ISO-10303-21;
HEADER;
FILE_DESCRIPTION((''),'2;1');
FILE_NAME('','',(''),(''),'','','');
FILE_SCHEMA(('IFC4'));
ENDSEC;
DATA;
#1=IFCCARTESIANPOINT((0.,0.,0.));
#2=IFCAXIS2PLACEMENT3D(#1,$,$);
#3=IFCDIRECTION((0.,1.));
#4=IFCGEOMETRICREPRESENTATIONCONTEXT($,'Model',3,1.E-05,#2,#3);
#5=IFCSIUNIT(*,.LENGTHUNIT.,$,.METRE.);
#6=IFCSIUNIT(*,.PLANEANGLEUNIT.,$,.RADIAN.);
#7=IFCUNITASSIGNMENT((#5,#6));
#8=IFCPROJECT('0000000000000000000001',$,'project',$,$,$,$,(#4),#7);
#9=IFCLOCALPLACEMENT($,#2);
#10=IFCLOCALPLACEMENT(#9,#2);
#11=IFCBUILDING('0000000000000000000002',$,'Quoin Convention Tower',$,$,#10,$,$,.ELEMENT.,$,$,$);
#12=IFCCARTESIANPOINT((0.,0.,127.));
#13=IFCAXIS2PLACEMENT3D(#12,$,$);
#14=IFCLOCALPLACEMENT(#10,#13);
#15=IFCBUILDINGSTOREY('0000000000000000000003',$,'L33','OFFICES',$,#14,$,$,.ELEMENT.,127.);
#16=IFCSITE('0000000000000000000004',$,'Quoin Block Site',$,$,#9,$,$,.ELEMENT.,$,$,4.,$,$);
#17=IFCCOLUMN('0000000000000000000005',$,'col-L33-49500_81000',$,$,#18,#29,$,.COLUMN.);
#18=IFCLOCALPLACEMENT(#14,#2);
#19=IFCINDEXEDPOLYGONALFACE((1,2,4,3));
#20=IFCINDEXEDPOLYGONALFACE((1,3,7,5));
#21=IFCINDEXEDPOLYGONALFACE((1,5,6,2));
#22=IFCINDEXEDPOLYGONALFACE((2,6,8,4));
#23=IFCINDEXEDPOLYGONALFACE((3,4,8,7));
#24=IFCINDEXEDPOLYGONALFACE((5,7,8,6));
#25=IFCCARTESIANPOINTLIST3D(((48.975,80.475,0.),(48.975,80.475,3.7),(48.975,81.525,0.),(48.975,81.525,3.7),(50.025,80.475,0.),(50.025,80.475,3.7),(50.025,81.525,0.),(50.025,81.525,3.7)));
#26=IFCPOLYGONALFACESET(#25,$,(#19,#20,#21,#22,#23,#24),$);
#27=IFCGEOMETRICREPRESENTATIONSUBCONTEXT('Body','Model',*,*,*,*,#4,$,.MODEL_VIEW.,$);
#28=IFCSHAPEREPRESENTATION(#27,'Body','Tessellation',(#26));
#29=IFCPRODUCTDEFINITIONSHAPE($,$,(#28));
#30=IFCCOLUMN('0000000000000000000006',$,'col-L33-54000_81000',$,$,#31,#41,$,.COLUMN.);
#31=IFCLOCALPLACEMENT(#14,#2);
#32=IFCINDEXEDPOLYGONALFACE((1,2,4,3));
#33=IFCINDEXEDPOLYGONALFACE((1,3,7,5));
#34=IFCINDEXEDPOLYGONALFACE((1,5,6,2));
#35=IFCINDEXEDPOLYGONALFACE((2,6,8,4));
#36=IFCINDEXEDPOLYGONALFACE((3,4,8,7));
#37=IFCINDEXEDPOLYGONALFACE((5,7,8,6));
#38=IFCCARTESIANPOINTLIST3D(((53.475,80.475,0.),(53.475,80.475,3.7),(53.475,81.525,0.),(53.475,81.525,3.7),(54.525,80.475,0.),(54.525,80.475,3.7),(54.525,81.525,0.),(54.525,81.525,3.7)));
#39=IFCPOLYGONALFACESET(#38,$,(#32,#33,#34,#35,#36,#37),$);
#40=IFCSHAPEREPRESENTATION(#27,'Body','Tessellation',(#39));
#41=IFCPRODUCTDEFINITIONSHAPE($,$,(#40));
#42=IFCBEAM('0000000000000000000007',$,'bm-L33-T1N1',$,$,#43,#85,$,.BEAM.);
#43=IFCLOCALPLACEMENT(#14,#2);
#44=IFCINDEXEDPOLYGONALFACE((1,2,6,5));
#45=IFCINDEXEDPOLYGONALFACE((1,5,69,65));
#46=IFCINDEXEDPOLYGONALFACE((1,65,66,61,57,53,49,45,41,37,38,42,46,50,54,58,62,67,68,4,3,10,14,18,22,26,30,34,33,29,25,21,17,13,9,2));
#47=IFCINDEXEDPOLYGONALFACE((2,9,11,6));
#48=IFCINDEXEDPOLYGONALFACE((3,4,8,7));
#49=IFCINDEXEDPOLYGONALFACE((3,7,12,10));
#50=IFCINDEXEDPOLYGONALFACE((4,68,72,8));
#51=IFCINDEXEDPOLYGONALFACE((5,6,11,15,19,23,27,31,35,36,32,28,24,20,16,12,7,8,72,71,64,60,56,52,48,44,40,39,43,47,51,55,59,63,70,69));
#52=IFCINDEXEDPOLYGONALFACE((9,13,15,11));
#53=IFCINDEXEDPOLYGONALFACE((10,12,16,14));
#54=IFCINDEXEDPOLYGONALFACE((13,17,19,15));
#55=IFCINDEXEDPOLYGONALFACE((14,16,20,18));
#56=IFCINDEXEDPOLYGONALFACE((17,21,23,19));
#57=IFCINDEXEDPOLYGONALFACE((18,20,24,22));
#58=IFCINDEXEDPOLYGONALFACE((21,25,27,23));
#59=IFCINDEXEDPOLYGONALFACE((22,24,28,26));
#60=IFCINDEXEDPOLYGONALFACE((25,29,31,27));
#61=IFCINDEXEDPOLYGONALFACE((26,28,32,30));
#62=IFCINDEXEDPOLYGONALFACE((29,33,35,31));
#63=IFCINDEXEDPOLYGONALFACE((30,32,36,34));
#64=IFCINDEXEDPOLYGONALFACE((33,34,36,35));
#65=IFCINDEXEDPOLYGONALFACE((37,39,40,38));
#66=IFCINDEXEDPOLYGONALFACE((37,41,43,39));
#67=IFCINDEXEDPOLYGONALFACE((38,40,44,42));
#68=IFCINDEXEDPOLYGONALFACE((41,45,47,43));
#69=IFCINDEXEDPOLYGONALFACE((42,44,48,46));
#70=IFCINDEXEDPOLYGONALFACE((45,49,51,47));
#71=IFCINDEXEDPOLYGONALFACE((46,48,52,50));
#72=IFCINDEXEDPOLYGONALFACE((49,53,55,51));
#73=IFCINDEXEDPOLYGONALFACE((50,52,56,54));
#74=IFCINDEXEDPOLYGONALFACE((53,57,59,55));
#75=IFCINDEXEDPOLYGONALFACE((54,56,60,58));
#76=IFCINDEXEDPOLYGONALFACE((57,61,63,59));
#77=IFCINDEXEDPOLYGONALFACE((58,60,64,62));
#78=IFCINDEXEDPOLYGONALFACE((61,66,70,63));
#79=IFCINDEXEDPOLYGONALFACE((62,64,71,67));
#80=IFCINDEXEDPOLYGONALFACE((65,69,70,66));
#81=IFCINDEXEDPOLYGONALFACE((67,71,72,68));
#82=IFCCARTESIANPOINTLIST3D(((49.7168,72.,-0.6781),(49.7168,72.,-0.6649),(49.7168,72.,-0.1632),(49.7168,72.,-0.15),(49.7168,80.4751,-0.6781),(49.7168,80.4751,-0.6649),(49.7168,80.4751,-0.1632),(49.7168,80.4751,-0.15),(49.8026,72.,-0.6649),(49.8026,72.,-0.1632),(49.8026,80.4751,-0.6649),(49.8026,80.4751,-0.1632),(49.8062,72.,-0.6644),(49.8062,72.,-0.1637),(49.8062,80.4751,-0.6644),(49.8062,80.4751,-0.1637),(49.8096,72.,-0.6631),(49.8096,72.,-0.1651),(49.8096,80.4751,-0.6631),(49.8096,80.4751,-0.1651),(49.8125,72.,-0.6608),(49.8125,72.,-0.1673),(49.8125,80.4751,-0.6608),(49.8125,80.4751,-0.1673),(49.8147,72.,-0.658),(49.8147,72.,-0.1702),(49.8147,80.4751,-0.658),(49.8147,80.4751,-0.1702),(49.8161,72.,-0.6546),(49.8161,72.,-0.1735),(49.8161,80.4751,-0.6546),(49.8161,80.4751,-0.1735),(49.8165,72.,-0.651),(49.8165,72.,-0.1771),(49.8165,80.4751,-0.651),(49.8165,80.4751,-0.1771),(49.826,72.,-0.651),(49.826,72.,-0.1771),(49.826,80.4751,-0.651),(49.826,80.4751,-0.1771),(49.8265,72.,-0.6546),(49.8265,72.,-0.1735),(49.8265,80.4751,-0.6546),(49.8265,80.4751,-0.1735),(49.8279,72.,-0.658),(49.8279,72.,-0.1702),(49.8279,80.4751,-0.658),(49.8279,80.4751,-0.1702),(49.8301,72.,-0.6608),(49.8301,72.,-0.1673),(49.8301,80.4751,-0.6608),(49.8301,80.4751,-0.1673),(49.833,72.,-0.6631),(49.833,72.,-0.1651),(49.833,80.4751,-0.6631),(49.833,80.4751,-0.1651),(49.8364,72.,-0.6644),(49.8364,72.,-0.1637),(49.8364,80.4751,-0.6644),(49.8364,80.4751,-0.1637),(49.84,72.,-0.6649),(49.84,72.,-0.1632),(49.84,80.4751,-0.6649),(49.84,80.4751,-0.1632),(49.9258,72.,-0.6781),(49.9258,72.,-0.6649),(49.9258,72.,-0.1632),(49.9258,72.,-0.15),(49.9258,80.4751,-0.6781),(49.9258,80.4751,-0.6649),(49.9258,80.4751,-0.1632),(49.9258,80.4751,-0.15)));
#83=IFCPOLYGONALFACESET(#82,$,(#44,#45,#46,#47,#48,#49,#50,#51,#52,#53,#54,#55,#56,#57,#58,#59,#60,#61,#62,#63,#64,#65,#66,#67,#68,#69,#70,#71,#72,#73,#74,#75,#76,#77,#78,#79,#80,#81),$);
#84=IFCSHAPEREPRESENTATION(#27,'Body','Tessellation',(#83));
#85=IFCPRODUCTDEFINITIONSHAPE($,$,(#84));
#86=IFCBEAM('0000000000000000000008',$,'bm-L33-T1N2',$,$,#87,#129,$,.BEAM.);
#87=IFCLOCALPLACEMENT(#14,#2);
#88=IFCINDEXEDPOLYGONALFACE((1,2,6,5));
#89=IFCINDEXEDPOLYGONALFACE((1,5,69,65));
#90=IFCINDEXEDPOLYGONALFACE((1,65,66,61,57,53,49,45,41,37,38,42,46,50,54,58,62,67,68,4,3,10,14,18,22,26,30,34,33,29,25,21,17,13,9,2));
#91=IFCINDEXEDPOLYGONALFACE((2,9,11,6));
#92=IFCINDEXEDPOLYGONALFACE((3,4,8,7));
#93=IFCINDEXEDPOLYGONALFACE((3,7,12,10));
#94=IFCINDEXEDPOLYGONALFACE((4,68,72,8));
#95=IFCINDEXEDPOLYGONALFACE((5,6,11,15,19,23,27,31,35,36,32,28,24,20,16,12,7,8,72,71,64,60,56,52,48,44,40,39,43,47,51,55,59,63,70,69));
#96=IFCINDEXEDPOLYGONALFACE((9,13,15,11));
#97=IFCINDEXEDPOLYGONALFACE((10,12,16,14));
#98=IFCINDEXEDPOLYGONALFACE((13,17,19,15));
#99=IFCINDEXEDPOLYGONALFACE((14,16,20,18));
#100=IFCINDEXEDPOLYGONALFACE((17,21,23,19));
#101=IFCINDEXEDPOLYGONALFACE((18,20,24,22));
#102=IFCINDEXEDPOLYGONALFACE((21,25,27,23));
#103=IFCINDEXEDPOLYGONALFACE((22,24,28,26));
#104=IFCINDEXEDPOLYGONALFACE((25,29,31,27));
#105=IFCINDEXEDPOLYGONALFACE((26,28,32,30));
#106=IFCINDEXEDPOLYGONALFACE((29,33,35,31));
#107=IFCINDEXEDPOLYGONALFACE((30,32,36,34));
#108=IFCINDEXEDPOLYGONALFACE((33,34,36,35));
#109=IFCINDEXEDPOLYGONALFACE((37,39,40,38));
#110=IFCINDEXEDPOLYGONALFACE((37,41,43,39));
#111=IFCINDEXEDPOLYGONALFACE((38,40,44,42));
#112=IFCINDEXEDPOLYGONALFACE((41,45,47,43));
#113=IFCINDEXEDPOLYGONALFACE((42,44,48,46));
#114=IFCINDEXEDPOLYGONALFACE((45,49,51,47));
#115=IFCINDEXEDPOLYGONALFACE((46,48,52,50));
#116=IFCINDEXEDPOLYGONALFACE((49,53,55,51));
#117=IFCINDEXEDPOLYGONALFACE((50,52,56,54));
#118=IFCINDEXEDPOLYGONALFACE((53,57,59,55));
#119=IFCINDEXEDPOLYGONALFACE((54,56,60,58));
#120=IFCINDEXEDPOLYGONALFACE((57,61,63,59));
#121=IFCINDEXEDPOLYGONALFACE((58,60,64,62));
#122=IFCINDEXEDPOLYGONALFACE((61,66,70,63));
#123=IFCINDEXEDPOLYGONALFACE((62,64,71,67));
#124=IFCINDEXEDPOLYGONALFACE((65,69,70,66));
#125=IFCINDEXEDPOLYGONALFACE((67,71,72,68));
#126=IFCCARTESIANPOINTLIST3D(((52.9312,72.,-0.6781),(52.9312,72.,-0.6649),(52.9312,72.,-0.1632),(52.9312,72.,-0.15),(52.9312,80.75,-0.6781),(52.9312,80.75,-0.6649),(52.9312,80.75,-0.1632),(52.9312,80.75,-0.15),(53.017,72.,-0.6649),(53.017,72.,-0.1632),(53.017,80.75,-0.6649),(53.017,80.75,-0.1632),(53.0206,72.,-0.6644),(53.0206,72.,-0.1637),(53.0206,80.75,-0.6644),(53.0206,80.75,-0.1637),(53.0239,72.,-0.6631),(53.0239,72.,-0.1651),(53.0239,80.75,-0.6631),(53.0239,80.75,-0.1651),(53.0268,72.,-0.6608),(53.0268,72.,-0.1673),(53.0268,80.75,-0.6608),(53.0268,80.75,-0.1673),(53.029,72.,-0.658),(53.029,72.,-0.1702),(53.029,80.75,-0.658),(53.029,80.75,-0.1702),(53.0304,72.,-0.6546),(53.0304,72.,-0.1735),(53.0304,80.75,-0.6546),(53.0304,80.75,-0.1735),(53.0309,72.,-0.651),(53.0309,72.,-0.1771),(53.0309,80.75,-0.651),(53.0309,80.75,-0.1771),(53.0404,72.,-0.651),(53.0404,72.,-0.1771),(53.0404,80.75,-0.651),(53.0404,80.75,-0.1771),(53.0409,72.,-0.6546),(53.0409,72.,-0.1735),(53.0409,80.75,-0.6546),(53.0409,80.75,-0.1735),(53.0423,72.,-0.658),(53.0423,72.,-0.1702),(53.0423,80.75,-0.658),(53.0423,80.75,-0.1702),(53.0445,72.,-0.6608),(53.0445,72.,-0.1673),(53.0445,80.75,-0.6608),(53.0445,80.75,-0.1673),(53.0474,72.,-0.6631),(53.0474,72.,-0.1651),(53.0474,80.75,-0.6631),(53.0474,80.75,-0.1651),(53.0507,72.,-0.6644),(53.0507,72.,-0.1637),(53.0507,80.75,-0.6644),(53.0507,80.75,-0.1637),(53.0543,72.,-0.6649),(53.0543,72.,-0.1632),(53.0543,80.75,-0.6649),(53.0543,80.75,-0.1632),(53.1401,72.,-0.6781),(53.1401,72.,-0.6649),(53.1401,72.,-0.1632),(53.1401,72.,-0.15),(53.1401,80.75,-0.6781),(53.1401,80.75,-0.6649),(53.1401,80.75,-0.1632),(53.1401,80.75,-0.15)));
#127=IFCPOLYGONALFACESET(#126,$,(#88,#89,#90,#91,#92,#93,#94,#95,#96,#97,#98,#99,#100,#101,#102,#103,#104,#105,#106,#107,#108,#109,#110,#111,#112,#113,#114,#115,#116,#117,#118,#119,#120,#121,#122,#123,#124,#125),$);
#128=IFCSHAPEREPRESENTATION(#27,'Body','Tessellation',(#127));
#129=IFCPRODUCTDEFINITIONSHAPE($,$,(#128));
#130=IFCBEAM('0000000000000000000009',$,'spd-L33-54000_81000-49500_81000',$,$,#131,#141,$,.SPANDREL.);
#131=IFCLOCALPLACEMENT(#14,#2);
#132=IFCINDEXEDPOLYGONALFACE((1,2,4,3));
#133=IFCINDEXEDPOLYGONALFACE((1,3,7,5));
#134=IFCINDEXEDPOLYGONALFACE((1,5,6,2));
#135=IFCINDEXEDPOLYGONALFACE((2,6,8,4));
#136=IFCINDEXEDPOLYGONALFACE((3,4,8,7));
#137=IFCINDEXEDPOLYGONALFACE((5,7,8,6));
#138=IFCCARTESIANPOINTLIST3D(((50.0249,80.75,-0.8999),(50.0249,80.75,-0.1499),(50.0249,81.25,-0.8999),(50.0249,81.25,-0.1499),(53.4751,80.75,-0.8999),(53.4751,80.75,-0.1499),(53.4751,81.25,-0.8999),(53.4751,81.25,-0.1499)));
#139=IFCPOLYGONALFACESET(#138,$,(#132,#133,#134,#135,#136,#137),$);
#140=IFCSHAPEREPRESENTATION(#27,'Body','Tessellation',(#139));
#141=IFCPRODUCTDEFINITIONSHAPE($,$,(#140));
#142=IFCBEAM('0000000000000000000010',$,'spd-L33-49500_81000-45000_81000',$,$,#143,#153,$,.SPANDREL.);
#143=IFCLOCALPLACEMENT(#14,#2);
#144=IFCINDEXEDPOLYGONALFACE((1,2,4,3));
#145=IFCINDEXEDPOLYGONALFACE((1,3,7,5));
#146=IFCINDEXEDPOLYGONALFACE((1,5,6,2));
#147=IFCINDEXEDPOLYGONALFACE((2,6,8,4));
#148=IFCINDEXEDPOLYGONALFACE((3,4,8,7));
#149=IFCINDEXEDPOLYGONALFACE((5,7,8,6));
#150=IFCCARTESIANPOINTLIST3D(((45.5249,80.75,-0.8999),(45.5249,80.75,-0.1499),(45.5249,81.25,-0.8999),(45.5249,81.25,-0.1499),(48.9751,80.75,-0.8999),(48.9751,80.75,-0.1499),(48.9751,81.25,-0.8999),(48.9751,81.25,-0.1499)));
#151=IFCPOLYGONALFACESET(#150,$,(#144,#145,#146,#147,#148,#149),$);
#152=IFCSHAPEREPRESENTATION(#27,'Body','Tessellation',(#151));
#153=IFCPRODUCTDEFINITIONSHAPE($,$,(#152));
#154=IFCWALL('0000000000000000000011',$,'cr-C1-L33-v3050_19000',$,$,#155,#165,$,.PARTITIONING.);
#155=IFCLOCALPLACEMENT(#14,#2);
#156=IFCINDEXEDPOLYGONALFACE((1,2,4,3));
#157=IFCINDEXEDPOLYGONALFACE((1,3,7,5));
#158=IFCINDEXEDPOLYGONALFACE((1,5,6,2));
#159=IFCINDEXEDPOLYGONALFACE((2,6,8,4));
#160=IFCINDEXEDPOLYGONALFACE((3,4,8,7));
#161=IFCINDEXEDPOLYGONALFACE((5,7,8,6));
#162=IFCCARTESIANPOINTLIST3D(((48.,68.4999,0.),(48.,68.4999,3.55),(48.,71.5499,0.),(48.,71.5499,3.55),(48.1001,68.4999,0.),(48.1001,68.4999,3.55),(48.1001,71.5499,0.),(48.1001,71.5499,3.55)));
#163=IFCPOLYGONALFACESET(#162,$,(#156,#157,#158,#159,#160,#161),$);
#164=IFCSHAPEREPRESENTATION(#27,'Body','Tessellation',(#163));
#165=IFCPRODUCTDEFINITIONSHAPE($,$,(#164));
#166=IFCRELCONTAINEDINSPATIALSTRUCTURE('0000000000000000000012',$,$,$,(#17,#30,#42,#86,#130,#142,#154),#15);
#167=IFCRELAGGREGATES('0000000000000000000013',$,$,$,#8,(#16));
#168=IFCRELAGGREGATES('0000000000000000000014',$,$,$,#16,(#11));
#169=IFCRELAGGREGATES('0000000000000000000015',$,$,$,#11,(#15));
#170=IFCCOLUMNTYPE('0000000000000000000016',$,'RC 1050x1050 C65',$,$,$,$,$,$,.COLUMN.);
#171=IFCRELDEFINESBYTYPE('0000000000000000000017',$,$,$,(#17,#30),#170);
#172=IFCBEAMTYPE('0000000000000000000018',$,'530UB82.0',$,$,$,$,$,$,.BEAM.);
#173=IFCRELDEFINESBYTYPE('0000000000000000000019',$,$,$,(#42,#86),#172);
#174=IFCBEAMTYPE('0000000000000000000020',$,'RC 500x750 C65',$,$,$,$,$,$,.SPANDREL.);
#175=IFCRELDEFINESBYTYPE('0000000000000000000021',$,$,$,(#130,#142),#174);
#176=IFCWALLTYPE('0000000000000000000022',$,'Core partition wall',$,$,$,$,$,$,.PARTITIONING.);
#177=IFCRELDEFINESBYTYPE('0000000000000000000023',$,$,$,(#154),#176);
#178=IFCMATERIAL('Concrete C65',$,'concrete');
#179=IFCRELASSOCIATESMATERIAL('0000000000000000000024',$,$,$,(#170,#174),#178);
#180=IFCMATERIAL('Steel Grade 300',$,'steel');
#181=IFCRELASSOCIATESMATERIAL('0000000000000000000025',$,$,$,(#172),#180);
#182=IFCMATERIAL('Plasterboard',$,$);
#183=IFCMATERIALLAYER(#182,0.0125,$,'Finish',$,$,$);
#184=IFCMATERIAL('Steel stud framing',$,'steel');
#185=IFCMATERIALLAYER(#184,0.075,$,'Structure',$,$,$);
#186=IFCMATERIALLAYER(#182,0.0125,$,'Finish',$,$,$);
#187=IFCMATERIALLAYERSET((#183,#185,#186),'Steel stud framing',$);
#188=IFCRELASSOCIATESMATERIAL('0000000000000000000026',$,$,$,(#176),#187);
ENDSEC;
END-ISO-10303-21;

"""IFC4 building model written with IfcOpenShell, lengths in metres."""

from ifc_helpers import new_model, si_unit, direction, frame, frame_2d, origin, origin_2d, place, context, subcontext, project, spatial, rectangle, i_section, extrude, material, layer, layer_set, material_profile, profile_set, type_object, element, save


model = new_model("IFC4")

# Units and contexts
model_context = context("Model", 3, precision=1e-05, world=origin(), true_north=direction((0.0, 1.0)))
body_context = subcontext(model_context, "Body", "Model", "MODEL_VIEW")
ifc_project = project(units=[si_unit("LENGTHUNIT", "METRE"), si_unit("PLANEANGLEUNIT", "RADIAN")], contexts=[model_context])

# Site, building, storey
site_placement = place(None, origin())
site = spatial("IfcSite", under=ifc_project, at=site_placement, Name="Quoin Block Site", CompositionType="ELEMENT", RefElevation=4.0)
building_placement = place(site_placement, origin())
building = spatial("IfcBuilding", under=site, at=building_placement, Name="Quoin Convention Tower", CompositionType="ELEMENT")
storey_placement = place(building_placement, frame((0.0, 0.0, 127.0)))
storey = spatial("IfcBuildingStorey", under=building, at=storey_placement, Name="L33", Description="OFFICES", CompositionType="ELEMENT", Elevation=127.0)

# Columns
ifc_material_1 = material(Name="Concrete C65", Category="concrete")
ifc_material_profile_1 = material_profile(ifc_material_1, rectangle(XDim=1.05, YDim=1.05, at=origin_2d()), Name="RC 1050x1050")
ifc_profile_set_1 = profile_set([ifc_material_profile_1], Name="Concrete C65")
column_type = type_object("IfcColumnType", Name="RC 1050x1050 C65", PredefinedType="COLUMN", material=ifc_profile_set_1)
for number, where, z_axis, x_axis, name in (
    (1, (49.5, 81.0, 0.0), (0.0, 0.0, 1.0), (1.0, 0.0, 0.0), "col-L33-49500_81000"),
    (2, (54.0, 81.0, 0.0), (0.0, 0.0, 1.0), (1.0, 0.0, 0.0), "col-L33-54000_81000"),
):
    element("IfcColumn", number, at=place(storey_placement, frame(where, z_axis=z_axis, x_axis=x_axis)), inside=storey, type_object=column_type, Name=name, PredefinedType="COLUMN", context=body_context, shape_type="SweptSolid", body=[
        extrude(rectangle(XDim=1.05, YDim=1.05, at=origin_2d()), origin(), (0.0, 0.0, 1.0), 3.7),
    ])

# Beams
ifc_material_2 = material(Name="Steel Grade 300", Category="steel")
ifc_material_profile_2 = material_profile(ifc_material_2, i_section(OverallWidth=0.209, OverallDepth=0.5281, WebThickness=0.0095, FlangeThickness=0.0132, FilletRadius=0.0139, at=origin_2d()), Name="530UB82.0")
ifc_profile_set_2 = profile_set([ifc_material_profile_2], Name="Steel Grade 300")
beam_type_1 = type_object("IfcBeamType", Name="530UB82.0", PredefinedType="BEAM", material=ifc_profile_set_2)
beam_1_placement = place(storey_placement, frame((49.8213, 72.0, -0.4141), z_axis=(0.0, 1.0, 0.0), x_axis=(-1.0, 0.0, 0.0)))
element("IfcBeam", 3, at=beam_1_placement, inside=storey, type_object=beam_type_1, Name="bm-L33-T1N1", PredefinedType="BEAM", context=body_context, shape_type="SweptSolid", body=[
    extrude(i_section(OverallWidth=0.209, OverallDepth=0.5281, WebThickness=0.0095, FlangeThickness=0.0132, FilletRadius=0.0139, at=origin_2d()), origin(), (0.0, 0.0, 1.0), 8.4751),
])
beam_2_placement = place(storey_placement, frame((53.0356, 72.0, -0.4141), z_axis=(0.0, 1.0, 0.0), x_axis=(-1.0, 0.0, 0.0)))
element("IfcBeam", 4, at=beam_2_placement, inside=storey, type_object=beam_type_1, Name="bm-L33-T1N2", PredefinedType="BEAM", context=body_context, shape_type="SweptSolid", body=[
    extrude(i_section(OverallWidth=0.209, OverallDepth=0.5281, WebThickness=0.0095, FlangeThickness=0.0132, FilletRadius=0.0139, at=origin_2d()), origin(), (0.0, 0.0, 1.0), 8.75),
])
ifc_material_profile_3 = material_profile(ifc_material_1, rectangle(XDim=0.5, YDim=0.75, at=origin_2d()), Name="RC 500x750")
ifc_profile_set_3 = profile_set([ifc_material_profile_3], Name="Concrete C65")
beam_type_2 = type_object("IfcBeamType", Name="RC 500x750 C65", PredefinedType="SPANDREL", material=ifc_profile_set_3)
for number, where, z_axis, x_axis, name in (
    (5, (53.4751, 81.0, -0.5249), (-1.0, 0.0, 0.0), (0.0, -1.0, 0.0), "spd-L33-54000_81000-49500_81000"),
    (6, (48.9751, 81.0, -0.5249), (-1.0, 0.0, 0.0), (0.0, -1.0, 0.0), "spd-L33-49500_81000-45000_81000"),
):
    element("IfcBeam", number, at=place(storey_placement, frame(where, z_axis=z_axis, x_axis=x_axis)), inside=storey, type_object=beam_type_2, Name=name, PredefinedType="SPANDREL", context=body_context, shape_type="SweptSolid", body=[
        extrude(rectangle(XDim=0.5, YDim=0.75, at=origin_2d()), origin(), (0.0, 0.0, 1.0), 3.4502),
    ])

# Wall
ifc_material_3 = material(Name="Plasterboard")
ifc_layer_1 = layer(ifc_material_3, 0.0125, Name="Finish")
ifc_material_4 = material(Name="Steel stud framing", Category="steel")
ifc_layer_2 = layer(ifc_material_4, 0.075, Name="Structure")
ifc_layer_3 = layer(ifc_material_3, 0.0125, Name="Finish")
ifc_layer_set_1 = layer_set([ifc_layer_1, ifc_layer_2, ifc_layer_3], Name="Steel stud framing")
wall_type_1 = type_object("IfcWallType", Name="Core partition wall", PredefinedType="PARTITIONING", material=ifc_layer_set_1)
wall_1_placement = place(storey_placement, frame((48.05, 68.5, 0.0), z_axis=(0.0, 0.0, 1.0), x_axis=(0.0, 1.0, 0.0)))
element("IfcWall", 7, at=wall_1_placement, inside=storey, type_object=wall_type_1, Name="cr-C1-L33-v3050_19000", PredefinedType="PARTITIONING", context=body_context, shape_type="SweptSolid", body=[
    extrude(rectangle(XDim=3.05, YDim=0.1001, at=frame_2d((1.5249, 0.0))), origin(), (0.0, 0.0, 1.0), 3.55),
])

save(model, "model.ifc")
